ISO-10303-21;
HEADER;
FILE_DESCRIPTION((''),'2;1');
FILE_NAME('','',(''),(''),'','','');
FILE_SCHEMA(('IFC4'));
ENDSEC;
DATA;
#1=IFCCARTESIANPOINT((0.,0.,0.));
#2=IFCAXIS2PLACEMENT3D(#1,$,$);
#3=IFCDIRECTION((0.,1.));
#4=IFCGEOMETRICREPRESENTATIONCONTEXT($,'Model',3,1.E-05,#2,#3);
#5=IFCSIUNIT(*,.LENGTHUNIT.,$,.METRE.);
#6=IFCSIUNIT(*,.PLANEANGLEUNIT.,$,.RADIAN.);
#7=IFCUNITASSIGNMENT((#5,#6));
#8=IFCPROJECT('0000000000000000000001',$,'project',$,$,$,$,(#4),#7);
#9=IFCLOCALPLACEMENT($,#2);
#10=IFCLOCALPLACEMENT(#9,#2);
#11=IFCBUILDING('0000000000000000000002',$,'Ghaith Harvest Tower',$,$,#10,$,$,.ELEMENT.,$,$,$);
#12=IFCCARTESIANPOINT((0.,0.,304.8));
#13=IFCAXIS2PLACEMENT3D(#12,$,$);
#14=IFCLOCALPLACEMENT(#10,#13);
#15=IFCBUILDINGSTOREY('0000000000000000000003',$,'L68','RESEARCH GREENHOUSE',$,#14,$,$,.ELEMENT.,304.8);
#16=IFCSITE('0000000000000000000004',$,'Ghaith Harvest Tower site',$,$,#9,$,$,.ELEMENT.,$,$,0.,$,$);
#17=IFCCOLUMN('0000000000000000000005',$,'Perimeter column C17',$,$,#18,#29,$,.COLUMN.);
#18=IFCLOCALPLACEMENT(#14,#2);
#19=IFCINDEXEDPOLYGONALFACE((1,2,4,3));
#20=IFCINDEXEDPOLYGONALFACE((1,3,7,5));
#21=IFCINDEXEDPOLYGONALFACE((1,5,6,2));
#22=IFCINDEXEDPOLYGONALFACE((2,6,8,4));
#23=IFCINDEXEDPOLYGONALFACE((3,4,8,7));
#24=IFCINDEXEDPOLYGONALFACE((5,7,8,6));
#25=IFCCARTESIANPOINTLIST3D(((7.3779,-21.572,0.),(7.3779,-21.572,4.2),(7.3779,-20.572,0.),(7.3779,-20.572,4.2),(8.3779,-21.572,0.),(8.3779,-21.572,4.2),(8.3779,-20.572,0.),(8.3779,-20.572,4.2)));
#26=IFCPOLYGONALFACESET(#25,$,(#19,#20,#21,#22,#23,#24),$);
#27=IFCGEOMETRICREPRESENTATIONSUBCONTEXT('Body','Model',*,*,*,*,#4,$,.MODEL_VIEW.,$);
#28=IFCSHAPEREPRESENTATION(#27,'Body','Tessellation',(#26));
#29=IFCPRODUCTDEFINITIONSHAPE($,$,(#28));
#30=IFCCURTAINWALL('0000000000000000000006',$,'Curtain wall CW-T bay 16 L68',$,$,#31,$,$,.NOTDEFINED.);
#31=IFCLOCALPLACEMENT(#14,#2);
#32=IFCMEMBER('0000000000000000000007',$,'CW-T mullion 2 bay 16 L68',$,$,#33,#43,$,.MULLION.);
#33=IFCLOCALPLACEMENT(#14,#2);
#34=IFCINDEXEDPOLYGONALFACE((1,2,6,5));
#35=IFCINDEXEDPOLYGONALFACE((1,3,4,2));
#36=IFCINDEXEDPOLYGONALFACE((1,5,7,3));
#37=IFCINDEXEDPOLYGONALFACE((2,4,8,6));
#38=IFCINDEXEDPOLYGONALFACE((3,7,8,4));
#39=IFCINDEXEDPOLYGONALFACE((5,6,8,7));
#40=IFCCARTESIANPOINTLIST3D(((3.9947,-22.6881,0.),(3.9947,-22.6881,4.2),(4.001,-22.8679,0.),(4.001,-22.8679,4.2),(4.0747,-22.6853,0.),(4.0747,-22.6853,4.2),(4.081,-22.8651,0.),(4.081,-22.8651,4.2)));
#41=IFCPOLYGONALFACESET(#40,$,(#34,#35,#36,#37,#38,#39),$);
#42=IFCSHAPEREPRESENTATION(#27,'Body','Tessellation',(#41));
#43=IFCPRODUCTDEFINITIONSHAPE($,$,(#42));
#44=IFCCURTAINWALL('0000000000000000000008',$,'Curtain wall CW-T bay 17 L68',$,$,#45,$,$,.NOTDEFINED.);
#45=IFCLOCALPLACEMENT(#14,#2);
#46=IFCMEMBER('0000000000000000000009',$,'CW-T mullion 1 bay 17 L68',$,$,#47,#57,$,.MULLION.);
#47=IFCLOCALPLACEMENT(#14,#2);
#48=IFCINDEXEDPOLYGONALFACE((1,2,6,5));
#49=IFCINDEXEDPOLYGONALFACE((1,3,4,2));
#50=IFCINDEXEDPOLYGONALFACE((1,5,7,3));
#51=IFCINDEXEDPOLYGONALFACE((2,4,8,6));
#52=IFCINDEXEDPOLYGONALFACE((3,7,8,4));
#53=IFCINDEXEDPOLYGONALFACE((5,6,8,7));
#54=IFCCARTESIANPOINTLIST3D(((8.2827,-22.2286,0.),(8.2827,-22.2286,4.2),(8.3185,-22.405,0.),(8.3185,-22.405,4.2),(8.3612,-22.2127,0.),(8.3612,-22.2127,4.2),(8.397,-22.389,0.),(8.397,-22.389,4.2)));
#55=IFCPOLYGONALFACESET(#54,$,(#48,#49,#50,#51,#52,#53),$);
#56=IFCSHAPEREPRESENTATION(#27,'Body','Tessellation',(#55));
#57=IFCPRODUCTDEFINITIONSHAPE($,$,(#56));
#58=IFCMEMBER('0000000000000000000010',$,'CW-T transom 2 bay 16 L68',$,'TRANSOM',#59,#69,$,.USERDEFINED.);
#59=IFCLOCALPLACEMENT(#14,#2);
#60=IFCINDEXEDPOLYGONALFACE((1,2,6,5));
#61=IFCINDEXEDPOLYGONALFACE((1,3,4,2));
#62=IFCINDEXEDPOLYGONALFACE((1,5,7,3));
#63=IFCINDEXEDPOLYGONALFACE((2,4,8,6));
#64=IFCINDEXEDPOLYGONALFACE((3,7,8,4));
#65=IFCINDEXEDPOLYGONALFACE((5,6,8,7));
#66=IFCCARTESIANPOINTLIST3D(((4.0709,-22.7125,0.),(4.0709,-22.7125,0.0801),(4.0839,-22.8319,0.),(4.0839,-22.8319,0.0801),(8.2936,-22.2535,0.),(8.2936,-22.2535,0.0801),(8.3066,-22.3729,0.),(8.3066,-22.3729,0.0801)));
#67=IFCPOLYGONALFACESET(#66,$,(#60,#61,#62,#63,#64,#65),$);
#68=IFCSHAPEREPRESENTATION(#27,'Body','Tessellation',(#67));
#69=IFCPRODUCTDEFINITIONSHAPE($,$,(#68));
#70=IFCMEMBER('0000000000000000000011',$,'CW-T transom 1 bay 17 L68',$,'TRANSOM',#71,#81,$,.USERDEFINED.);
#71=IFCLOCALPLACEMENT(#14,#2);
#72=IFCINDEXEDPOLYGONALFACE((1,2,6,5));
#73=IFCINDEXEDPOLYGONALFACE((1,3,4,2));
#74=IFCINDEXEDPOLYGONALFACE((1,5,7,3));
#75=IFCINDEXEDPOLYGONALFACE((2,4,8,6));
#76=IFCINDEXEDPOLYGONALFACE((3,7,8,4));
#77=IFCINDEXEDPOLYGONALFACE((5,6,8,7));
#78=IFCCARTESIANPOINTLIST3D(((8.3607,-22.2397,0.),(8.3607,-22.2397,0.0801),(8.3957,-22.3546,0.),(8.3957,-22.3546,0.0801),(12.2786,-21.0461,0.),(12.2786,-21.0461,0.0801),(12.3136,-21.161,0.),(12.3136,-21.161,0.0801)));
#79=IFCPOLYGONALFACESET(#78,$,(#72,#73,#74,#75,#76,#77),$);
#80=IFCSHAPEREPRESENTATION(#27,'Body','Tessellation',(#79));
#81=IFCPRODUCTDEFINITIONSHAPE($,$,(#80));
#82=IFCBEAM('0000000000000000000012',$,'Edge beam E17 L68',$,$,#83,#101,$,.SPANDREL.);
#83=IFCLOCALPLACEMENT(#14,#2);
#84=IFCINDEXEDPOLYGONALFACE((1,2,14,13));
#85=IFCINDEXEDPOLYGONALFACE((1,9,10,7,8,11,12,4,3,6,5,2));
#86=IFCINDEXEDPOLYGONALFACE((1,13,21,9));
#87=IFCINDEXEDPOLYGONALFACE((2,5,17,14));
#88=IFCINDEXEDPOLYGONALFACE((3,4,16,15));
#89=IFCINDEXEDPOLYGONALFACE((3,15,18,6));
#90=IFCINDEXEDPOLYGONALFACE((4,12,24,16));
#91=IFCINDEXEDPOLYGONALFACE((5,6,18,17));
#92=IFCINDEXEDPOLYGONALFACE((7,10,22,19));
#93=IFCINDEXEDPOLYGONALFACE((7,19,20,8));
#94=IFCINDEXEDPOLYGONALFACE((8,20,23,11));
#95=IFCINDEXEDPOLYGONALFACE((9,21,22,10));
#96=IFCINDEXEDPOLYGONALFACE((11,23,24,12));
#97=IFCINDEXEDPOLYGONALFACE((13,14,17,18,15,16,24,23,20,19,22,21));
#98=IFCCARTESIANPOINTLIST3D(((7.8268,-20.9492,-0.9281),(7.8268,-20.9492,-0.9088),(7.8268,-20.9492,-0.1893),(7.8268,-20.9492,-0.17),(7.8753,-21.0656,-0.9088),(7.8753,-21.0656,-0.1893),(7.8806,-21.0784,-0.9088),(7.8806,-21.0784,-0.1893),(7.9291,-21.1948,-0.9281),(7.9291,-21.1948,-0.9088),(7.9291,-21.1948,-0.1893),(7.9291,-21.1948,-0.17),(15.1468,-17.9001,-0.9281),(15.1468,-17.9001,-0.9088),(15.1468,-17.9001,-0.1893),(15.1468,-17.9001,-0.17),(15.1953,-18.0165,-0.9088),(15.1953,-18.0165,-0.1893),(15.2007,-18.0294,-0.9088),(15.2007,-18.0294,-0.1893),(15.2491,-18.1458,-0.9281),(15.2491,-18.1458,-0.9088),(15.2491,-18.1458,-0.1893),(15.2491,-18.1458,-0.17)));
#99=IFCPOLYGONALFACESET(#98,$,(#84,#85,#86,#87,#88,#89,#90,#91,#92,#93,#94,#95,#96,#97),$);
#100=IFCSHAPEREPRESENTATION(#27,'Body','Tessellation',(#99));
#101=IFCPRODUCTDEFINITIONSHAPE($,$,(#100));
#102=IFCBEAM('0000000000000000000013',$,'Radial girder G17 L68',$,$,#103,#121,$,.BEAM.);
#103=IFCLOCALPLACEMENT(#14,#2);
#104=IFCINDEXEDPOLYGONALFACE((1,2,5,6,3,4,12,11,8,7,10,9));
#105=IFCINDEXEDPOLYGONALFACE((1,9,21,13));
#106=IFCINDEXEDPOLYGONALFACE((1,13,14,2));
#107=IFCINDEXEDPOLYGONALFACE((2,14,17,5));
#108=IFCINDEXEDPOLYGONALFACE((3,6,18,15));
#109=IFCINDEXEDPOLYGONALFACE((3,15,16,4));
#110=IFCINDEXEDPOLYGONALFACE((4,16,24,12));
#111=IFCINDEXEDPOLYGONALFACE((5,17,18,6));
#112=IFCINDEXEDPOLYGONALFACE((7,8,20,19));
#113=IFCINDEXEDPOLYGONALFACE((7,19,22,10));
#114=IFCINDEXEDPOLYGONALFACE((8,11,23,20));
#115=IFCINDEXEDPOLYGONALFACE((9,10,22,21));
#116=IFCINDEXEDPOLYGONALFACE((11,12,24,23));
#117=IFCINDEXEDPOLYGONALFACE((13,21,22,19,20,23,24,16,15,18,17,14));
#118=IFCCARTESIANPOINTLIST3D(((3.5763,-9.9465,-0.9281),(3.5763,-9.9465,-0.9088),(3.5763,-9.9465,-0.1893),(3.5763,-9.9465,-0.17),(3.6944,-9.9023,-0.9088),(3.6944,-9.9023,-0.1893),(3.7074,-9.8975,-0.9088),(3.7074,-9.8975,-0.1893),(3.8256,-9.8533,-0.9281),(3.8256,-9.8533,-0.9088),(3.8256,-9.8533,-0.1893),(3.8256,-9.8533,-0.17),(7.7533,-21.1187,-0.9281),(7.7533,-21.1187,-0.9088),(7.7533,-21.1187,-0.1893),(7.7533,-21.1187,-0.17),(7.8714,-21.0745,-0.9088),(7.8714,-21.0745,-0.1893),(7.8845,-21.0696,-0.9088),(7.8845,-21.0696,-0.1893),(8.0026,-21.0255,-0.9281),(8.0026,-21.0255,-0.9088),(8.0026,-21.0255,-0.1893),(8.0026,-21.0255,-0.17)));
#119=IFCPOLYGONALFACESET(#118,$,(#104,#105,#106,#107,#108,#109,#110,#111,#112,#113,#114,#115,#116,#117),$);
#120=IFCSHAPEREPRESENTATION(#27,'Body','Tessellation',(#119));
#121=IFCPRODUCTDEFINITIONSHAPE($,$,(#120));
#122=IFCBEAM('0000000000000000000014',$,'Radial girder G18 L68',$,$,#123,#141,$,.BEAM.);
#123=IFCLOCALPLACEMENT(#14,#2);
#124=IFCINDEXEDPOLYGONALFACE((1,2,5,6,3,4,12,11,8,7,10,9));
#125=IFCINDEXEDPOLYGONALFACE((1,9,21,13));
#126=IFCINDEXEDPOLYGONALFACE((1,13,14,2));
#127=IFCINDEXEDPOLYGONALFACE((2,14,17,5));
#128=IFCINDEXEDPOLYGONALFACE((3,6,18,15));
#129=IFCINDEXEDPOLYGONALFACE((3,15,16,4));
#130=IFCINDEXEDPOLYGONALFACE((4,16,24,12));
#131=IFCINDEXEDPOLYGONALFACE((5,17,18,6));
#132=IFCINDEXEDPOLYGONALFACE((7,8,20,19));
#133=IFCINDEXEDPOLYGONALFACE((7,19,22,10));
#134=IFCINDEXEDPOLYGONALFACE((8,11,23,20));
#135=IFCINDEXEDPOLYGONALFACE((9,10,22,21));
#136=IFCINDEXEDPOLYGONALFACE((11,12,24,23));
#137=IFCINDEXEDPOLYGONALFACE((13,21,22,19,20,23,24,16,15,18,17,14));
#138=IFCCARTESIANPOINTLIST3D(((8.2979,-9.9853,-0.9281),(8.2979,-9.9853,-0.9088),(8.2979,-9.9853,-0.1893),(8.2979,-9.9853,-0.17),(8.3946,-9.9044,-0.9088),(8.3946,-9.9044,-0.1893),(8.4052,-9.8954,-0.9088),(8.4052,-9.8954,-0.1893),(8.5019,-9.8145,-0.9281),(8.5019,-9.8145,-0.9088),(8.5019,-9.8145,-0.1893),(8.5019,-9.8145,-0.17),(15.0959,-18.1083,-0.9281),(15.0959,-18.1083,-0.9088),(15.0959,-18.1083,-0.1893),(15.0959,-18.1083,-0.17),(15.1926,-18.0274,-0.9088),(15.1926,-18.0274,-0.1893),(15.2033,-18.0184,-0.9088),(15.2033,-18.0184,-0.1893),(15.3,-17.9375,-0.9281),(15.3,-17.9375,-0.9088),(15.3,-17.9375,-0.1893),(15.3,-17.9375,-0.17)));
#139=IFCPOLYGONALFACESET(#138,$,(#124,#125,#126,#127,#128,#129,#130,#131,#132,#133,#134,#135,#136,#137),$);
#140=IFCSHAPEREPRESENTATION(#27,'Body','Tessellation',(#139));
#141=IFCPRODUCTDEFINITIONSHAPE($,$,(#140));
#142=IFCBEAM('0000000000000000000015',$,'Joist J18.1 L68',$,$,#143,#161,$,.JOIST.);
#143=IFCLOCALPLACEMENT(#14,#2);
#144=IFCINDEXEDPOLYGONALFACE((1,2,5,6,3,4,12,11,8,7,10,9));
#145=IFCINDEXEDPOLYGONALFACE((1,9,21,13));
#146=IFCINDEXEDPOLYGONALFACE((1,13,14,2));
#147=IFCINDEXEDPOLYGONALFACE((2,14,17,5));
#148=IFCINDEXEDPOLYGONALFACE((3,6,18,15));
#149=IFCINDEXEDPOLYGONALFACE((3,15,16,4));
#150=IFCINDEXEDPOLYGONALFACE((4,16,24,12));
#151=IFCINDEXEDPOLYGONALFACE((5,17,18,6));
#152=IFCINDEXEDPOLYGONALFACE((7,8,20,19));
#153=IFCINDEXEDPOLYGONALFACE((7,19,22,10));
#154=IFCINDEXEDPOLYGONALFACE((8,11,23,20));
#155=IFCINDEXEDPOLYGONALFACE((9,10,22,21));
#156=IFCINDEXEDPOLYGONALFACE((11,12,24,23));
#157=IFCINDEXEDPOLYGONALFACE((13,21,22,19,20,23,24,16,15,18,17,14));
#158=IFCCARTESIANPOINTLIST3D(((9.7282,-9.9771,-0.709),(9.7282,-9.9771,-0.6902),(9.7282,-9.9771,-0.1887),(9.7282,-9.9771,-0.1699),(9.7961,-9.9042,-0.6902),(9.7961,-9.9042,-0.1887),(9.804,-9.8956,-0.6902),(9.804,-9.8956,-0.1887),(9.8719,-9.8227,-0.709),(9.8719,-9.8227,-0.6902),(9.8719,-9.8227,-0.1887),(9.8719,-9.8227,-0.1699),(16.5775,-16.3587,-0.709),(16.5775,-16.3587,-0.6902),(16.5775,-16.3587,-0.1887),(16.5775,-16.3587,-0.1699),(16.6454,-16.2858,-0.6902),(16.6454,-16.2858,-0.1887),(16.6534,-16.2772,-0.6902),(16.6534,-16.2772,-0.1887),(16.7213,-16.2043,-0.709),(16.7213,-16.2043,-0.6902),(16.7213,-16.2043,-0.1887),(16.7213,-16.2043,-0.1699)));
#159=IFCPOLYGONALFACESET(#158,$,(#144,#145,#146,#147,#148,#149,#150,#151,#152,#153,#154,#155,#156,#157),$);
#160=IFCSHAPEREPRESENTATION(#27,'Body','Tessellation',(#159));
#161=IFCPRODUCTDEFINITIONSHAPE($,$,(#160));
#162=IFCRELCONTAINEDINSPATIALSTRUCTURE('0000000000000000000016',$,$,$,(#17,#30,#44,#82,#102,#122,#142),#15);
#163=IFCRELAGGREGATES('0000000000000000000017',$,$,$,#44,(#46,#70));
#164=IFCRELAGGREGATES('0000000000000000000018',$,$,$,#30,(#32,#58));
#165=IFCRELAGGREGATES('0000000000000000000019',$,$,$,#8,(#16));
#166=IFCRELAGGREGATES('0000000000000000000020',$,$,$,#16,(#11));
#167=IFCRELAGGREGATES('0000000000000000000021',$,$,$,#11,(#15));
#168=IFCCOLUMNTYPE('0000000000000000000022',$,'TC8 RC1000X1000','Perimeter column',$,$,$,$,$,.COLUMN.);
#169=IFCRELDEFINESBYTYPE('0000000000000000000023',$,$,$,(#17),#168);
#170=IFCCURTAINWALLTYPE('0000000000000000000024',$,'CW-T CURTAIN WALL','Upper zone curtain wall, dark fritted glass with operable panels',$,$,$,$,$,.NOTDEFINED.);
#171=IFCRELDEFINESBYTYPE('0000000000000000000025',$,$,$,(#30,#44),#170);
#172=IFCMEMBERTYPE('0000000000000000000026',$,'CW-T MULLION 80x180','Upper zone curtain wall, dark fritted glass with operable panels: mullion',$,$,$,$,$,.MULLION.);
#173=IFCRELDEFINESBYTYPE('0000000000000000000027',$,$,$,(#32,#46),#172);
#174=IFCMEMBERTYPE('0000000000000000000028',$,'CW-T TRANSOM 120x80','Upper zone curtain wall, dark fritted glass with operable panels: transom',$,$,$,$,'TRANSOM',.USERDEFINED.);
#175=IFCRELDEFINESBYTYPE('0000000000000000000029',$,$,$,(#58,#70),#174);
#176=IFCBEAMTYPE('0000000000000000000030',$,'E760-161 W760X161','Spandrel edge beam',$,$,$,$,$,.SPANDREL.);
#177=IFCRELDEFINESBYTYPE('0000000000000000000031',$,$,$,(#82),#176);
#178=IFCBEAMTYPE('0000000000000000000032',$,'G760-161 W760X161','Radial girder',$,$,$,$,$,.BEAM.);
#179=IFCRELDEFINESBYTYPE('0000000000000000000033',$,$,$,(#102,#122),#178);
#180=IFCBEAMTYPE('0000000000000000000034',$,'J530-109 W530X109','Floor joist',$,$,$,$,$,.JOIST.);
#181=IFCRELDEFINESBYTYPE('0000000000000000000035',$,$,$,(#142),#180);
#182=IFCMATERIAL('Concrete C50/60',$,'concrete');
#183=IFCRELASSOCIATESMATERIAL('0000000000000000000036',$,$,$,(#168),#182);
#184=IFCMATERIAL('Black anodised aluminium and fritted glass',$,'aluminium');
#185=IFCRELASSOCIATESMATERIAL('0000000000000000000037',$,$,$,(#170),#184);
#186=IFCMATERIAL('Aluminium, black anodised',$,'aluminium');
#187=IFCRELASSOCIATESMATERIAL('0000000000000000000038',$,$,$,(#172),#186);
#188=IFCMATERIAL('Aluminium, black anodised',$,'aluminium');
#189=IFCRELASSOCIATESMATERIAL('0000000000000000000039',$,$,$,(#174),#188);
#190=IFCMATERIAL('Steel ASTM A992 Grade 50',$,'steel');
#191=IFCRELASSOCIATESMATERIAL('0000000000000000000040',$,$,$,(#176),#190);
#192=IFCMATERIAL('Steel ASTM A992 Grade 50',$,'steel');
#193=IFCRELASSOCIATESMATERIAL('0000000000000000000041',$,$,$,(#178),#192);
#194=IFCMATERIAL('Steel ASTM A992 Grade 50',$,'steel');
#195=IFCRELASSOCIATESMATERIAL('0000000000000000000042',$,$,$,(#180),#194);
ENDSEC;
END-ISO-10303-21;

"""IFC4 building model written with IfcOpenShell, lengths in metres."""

from ifc_helpers import new_model, si_unit, direction, frame, origin, origin_2d, place, context, subcontext, project, spatial, rectangle, i_section, extrude, material, material_profile, profile_set, type_object, element, aggregate, save


model = new_model("IFC4")

# Units and contexts
model_context = context("Model", 3, precision=1e-05, world=origin(), true_north=direction((0.0, 1.0)))
body_context = subcontext(model_context, "Body", "Model", "MODEL_VIEW")
ifc_project = project(units=[si_unit("LENGTHUNIT", "METRE"), si_unit("PLANEANGLEUNIT", "RADIAN")], contexts=[model_context])

# Site, building, storey
site_placement = place(None, origin())
site = spatial("IfcSite", under=ifc_project, at=site_placement, Name="Ghaith Harvest Tower site", CompositionType="ELEMENT", RefElevation=0.0)
building_placement = place(site_placement, origin())
building = spatial("IfcBuilding", under=site, at=building_placement, Name="Ghaith Harvest Tower", CompositionType="ELEMENT")
storey_placement = place(building_placement, frame((0.0, 0.0, 304.8)))
storey = spatial("IfcBuildingStorey", under=building, at=storey_placement, Name="L68", Description="RESEARCH GREENHOUSE", CompositionType="ELEMENT", Elevation=304.8)

# Column
ifc_material_1 = material(Name="Concrete C50/60", Category="concrete")
ifc_material_profile_1 = material_profile(ifc_material_1, rectangle(XDim=1.0, YDim=1.0, at=origin_2d()), Name="RC1000X1000")
ifc_profile_set_1 = profile_set([ifc_material_profile_1], Name="Concrete C50/60")
column_type = type_object("IfcColumnType", Name="TC8 RC1000X1000", Description="Perimeter column", PredefinedType="COLUMN", material=ifc_profile_set_1)
column_placement = place(storey_placement, frame((7.8779, -21.072, 0.0), z_axis=(0.0, 0.0, 1.0), x_axis=(1.0, 0.0, 0.0)))
element("IfcColumn", 1, at=column_placement, inside=storey, type_object=column_type, Name="Perimeter column C17", PredefinedType="COLUMN", context=body_context, shape_type="SweptSolid", body=[
    extrude(rectangle(XDim=1.0, YDim=1.0, at=origin_2d()), origin(), (0.0, 0.0, 1.0), 4.2),
])

# Curtain walls, members
ifc_material_2 = material(Name="Black anodised aluminium and fritted glass", Category="aluminium")
curtain_wall_type = type_object("IfcCurtainWallType", Name="CW-T CURTAIN WALL", Description="Upper zone curtain wall, dark fritted glass with operable panels", PredefinedType="NOTDEFINED", material=ifc_material_2)
curtain_wall_1_placement = place(storey_placement, origin())
curtain_wall_1 = element("IfcCurtainWall", 2, at=curtain_wall_1_placement, inside=storey, type_object=curtain_wall_type, Name="Curtain wall CW-T bay 16 L68", PredefinedType="NOTDEFINED")
ifc_material_3 = material(Name="Aluminium, black anodised", Category="aluminium")
ifc_material_profile_2 = material_profile(ifc_material_3, rectangle(XDim=0.0801, YDim=0.1799, at=origin_2d()), Name="CW-T MULLION 80x180")
ifc_profile_set_2 = profile_set([ifc_material_profile_2], Name="Aluminium, black anodised")
member_type_1 = type_object("IfcMemberType", Name="CW-T MULLION 80x180", Description="Upper zone curtain wall, dark fritted glass with operable panels: mullion", PredefinedType="MULLION", material=ifc_profile_set_2)
member_1_placement = place(storey_placement, frame((4.0378, -22.7766, 0.0), z_axis=(0.0, 0.0, 1.0), x_axis=(0.999389, 0.034962, 0.0)))
member_1 = element("IfcMember", 3, at=member_1_placement, type_object=member_type_1, Name="CW-T mullion 2 bay 16 L68", PredefinedType="MULLION", context=body_context, shape_type="SweptSolid", body=[
    extrude(rectangle(XDim=0.0801, YDim=0.1799, at=origin_2d()), origin(), (0.0, 0.0, 1.0), 4.2),
])
curtain_wall_2_placement = place(storey_placement, origin())
curtain_wall_2 = element("IfcCurtainWall", 4, at=curtain_wall_2_placement, inside=storey, type_object=curtain_wall_type, Name="Curtain wall CW-T bay 17 L68", PredefinedType="NOTDEFINED")
member_2_placement = place(storey_placement, frame((8.3398, -22.3088, 0.0), z_axis=(0.0, 0.0, 1.0), x_axis=(0.98, 0.198997, 0.0)))
member_2 = element("IfcMember", 5, at=member_2_placement, type_object=member_type_1, Name="CW-T mullion 1 bay 17 L68", PredefinedType="MULLION", context=body_context, shape_type="SweptSolid", body=[
    extrude(rectangle(XDim=0.0801, YDim=0.1799, at=origin_2d()), origin(), (0.0, 0.0, 1.0), 4.2),
])

# Members
ifc_material_4 = material(Name="Aluminium, black anodised", Category="aluminium")
ifc_material_profile_3 = material_profile(ifc_material_4, rectangle(XDim=0.1201, YDim=0.0801, at=origin_2d()), Name="CW-T TRANSOM 120x80")
ifc_profile_set_3 = profile_set([ifc_material_profile_3], Name="Aluminium, black anodised")
member_type_2 = type_object("IfcMemberType", Name="CW-T TRANSOM 120x80", Description="Upper zone curtain wall, dark fritted glass with operable panels: transom", ElementType="TRANSOM", PredefinedType="USERDEFINED", material=ifc_profile_set_3)
member_3_placement = place(storey_placement, frame((4.0774, -22.7722, 0.04), z_axis=(0.994144, 0.108059, 0.0), x_axis=(-0.108059, 0.994144, 0.0)))
member_3 = element("IfcMember", 6, at=member_3_placement, type_object=member_type_2, Name="CW-T transom 2 bay 16 L68", ObjectType="TRANSOM", PredefinedType="USERDEFINED", context=body_context, shape_type="SweptSolid", body=[
    extrude(rectangle(XDim=0.1201, YDim=0.0801, at=origin_2d()), origin(), (0.0, 0.0, 1.0), 4.2476),
])
member_4_placement = place(storey_placement, frame((8.3782, -22.2971, 0.04), z_axis=(0.956594, 0.291425, 0.0), x_axis=(-0.291425, 0.956594, 0.0)))
member_4 = element("IfcMember", 7, at=member_4_placement, type_object=member_type_2, Name="CW-T transom 1 bay 17 L68", ObjectType="TRANSOM", PredefinedType="USERDEFINED", context=body_context, shape_type="SweptSolid", body=[
    extrude(rectangle(XDim=0.1201, YDim=0.0801, at=origin_2d()), origin(), (0.0, 0.0, 1.0), 4.0957),
])
aggregate(curtain_wall_2, [member_2, member_4])

# Beams
ifc_material_5 = material(Name="Steel ASTM A992 Grade 50", Category="steel")
ifc_material_profile_4 = material_profile(ifc_material_5, i_section(OverallWidth=0.2661, OverallDepth=0.7581, WebThickness=0.0139, FlangeThickness=0.0193, at=origin_2d()), Name="W760X161")
ifc_profile_set_4 = profile_set([ifc_material_profile_4], Name="Steel ASTM A992 Grade 50")
beam_type_1 = type_object("IfcBeamType", Name="E760-161 W760X161", Description="Spandrel edge beam", PredefinedType="SPANDREL", material=ifc_profile_set_4)
beam_1_placement = place(storey_placement, frame((7.8779, -21.072, -0.5491), z_axis=(0.92312, 0.384513, 0.0), x_axis=(-0.384513, 0.92312, 0.0)))
element("IfcBeam", 8, at=beam_1_placement, inside=storey, type_object=beam_type_1, Name="Edge beam E17 L68", PredefinedType="SPANDREL", context=body_context, shape_type="SweptSolid", body=[
    extrude(i_section(OverallWidth=0.2661, OverallDepth=0.7581, WebThickness=0.0139, FlangeThickness=0.0193, at=origin_2d()), origin(), (0.0, 0.0, 1.0), 7.9297),
])
ifc_material_6 = material(Name="Steel ASTM A992 Grade 50", Category="steel")
ifc_material_profile_5 = material_profile(ifc_material_6, i_section(OverallWidth=0.2661, OverallDepth=0.7581, WebThickness=0.0139, FlangeThickness=0.0193, at=origin_2d()), Name="W760X161")
ifc_profile_set_5 = profile_set([ifc_material_profile_5], Name="Steel ASTM A992 Grade 50")
beam_type_2 = type_object("IfcBeamType", Name="G760-161 W760X161", Description="Radial girder", PredefinedType="BEAM", material=ifc_profile_set_5)
beam_2_placement = place(storey_placement, frame((3.7009, -9.8999, -0.5491), z_axis=(0.350201, -0.936674, 0.0), x_axis=(0.936674, 0.350201, 0.0)))
element("IfcBeam", 9, at=beam_2_placement, inside=storey, type_object=beam_type_2, Name="Radial girder G17 L68", PredefinedType="BEAM", context=body_context, shape_type="SweptSolid", body=[
    extrude(i_section(OverallWidth=0.2661, OverallDepth=0.7581, WebThickness=0.0139, FlangeThickness=0.0193, at=origin_2d()), origin(), (0.0, 0.0, 1.0), 11.9275),
])
beam_3_placement = place(storey_placement, frame((8.3999, -9.8999, -0.5491), z_axis=(0.641793, -0.766878, 0.0), x_axis=(0.766878, 0.641793, 0.0)))
element("IfcBeam", 10, at=beam_3_placement, inside=storey, type_object=beam_type_2, Name="Radial girder G18 L68", PredefinedType="BEAM", context=body_context, shape_type="SweptSolid", body=[
    extrude(i_section(OverallWidth=0.2661, OverallDepth=0.7581, WebThickness=0.0139, FlangeThickness=0.0193, at=origin_2d()), origin(), (0.0, 0.0, 1.0), 10.5923),
])
ifc_material_7 = material(Name="Steel ASTM A992 Grade 50", Category="steel")
ifc_material_profile_6 = material_profile(ifc_material_7, i_section(OverallWidth=0.2109, OverallDepth=0.5391, WebThickness=0.0117, FlangeThickness=0.0188, at=origin_2d()), Name="W530X109")
ifc_profile_set_6 = profile_set([ifc_material_profile_6], Name="Steel ASTM A992 Grade 50")
beam_type_3 = type_object("IfcBeamType", Name="J530-109 W530X109", Description="Floor joist", PredefinedType="JOIST", material=ifc_profile_set_6)
beam_4_placement = place(storey_placement, frame((9.8, -9.8999, -0.4395), z_axis=(0.731649, -0.681682, 0.0), x_axis=(0.681682, 0.731649, 0.0)))
element("IfcBeam", 11, at=beam_4_placement, inside=storey, type_object=beam_type_3, Name="Joist J18.1 L68", PredefinedType="JOIST", context=body_context, shape_type="SweptSolid", body=[
    extrude(i_section(OverallWidth=0.2109, OverallDepth=0.5391, WebThickness=0.0117, FlangeThickness=0.0188, at=origin_2d()), origin(), (0.0, 0.0, 1.0), 9.3616),
])

aggregate(curtain_wall_1, [member_1, member_3])

save(model, "model.ifc")
